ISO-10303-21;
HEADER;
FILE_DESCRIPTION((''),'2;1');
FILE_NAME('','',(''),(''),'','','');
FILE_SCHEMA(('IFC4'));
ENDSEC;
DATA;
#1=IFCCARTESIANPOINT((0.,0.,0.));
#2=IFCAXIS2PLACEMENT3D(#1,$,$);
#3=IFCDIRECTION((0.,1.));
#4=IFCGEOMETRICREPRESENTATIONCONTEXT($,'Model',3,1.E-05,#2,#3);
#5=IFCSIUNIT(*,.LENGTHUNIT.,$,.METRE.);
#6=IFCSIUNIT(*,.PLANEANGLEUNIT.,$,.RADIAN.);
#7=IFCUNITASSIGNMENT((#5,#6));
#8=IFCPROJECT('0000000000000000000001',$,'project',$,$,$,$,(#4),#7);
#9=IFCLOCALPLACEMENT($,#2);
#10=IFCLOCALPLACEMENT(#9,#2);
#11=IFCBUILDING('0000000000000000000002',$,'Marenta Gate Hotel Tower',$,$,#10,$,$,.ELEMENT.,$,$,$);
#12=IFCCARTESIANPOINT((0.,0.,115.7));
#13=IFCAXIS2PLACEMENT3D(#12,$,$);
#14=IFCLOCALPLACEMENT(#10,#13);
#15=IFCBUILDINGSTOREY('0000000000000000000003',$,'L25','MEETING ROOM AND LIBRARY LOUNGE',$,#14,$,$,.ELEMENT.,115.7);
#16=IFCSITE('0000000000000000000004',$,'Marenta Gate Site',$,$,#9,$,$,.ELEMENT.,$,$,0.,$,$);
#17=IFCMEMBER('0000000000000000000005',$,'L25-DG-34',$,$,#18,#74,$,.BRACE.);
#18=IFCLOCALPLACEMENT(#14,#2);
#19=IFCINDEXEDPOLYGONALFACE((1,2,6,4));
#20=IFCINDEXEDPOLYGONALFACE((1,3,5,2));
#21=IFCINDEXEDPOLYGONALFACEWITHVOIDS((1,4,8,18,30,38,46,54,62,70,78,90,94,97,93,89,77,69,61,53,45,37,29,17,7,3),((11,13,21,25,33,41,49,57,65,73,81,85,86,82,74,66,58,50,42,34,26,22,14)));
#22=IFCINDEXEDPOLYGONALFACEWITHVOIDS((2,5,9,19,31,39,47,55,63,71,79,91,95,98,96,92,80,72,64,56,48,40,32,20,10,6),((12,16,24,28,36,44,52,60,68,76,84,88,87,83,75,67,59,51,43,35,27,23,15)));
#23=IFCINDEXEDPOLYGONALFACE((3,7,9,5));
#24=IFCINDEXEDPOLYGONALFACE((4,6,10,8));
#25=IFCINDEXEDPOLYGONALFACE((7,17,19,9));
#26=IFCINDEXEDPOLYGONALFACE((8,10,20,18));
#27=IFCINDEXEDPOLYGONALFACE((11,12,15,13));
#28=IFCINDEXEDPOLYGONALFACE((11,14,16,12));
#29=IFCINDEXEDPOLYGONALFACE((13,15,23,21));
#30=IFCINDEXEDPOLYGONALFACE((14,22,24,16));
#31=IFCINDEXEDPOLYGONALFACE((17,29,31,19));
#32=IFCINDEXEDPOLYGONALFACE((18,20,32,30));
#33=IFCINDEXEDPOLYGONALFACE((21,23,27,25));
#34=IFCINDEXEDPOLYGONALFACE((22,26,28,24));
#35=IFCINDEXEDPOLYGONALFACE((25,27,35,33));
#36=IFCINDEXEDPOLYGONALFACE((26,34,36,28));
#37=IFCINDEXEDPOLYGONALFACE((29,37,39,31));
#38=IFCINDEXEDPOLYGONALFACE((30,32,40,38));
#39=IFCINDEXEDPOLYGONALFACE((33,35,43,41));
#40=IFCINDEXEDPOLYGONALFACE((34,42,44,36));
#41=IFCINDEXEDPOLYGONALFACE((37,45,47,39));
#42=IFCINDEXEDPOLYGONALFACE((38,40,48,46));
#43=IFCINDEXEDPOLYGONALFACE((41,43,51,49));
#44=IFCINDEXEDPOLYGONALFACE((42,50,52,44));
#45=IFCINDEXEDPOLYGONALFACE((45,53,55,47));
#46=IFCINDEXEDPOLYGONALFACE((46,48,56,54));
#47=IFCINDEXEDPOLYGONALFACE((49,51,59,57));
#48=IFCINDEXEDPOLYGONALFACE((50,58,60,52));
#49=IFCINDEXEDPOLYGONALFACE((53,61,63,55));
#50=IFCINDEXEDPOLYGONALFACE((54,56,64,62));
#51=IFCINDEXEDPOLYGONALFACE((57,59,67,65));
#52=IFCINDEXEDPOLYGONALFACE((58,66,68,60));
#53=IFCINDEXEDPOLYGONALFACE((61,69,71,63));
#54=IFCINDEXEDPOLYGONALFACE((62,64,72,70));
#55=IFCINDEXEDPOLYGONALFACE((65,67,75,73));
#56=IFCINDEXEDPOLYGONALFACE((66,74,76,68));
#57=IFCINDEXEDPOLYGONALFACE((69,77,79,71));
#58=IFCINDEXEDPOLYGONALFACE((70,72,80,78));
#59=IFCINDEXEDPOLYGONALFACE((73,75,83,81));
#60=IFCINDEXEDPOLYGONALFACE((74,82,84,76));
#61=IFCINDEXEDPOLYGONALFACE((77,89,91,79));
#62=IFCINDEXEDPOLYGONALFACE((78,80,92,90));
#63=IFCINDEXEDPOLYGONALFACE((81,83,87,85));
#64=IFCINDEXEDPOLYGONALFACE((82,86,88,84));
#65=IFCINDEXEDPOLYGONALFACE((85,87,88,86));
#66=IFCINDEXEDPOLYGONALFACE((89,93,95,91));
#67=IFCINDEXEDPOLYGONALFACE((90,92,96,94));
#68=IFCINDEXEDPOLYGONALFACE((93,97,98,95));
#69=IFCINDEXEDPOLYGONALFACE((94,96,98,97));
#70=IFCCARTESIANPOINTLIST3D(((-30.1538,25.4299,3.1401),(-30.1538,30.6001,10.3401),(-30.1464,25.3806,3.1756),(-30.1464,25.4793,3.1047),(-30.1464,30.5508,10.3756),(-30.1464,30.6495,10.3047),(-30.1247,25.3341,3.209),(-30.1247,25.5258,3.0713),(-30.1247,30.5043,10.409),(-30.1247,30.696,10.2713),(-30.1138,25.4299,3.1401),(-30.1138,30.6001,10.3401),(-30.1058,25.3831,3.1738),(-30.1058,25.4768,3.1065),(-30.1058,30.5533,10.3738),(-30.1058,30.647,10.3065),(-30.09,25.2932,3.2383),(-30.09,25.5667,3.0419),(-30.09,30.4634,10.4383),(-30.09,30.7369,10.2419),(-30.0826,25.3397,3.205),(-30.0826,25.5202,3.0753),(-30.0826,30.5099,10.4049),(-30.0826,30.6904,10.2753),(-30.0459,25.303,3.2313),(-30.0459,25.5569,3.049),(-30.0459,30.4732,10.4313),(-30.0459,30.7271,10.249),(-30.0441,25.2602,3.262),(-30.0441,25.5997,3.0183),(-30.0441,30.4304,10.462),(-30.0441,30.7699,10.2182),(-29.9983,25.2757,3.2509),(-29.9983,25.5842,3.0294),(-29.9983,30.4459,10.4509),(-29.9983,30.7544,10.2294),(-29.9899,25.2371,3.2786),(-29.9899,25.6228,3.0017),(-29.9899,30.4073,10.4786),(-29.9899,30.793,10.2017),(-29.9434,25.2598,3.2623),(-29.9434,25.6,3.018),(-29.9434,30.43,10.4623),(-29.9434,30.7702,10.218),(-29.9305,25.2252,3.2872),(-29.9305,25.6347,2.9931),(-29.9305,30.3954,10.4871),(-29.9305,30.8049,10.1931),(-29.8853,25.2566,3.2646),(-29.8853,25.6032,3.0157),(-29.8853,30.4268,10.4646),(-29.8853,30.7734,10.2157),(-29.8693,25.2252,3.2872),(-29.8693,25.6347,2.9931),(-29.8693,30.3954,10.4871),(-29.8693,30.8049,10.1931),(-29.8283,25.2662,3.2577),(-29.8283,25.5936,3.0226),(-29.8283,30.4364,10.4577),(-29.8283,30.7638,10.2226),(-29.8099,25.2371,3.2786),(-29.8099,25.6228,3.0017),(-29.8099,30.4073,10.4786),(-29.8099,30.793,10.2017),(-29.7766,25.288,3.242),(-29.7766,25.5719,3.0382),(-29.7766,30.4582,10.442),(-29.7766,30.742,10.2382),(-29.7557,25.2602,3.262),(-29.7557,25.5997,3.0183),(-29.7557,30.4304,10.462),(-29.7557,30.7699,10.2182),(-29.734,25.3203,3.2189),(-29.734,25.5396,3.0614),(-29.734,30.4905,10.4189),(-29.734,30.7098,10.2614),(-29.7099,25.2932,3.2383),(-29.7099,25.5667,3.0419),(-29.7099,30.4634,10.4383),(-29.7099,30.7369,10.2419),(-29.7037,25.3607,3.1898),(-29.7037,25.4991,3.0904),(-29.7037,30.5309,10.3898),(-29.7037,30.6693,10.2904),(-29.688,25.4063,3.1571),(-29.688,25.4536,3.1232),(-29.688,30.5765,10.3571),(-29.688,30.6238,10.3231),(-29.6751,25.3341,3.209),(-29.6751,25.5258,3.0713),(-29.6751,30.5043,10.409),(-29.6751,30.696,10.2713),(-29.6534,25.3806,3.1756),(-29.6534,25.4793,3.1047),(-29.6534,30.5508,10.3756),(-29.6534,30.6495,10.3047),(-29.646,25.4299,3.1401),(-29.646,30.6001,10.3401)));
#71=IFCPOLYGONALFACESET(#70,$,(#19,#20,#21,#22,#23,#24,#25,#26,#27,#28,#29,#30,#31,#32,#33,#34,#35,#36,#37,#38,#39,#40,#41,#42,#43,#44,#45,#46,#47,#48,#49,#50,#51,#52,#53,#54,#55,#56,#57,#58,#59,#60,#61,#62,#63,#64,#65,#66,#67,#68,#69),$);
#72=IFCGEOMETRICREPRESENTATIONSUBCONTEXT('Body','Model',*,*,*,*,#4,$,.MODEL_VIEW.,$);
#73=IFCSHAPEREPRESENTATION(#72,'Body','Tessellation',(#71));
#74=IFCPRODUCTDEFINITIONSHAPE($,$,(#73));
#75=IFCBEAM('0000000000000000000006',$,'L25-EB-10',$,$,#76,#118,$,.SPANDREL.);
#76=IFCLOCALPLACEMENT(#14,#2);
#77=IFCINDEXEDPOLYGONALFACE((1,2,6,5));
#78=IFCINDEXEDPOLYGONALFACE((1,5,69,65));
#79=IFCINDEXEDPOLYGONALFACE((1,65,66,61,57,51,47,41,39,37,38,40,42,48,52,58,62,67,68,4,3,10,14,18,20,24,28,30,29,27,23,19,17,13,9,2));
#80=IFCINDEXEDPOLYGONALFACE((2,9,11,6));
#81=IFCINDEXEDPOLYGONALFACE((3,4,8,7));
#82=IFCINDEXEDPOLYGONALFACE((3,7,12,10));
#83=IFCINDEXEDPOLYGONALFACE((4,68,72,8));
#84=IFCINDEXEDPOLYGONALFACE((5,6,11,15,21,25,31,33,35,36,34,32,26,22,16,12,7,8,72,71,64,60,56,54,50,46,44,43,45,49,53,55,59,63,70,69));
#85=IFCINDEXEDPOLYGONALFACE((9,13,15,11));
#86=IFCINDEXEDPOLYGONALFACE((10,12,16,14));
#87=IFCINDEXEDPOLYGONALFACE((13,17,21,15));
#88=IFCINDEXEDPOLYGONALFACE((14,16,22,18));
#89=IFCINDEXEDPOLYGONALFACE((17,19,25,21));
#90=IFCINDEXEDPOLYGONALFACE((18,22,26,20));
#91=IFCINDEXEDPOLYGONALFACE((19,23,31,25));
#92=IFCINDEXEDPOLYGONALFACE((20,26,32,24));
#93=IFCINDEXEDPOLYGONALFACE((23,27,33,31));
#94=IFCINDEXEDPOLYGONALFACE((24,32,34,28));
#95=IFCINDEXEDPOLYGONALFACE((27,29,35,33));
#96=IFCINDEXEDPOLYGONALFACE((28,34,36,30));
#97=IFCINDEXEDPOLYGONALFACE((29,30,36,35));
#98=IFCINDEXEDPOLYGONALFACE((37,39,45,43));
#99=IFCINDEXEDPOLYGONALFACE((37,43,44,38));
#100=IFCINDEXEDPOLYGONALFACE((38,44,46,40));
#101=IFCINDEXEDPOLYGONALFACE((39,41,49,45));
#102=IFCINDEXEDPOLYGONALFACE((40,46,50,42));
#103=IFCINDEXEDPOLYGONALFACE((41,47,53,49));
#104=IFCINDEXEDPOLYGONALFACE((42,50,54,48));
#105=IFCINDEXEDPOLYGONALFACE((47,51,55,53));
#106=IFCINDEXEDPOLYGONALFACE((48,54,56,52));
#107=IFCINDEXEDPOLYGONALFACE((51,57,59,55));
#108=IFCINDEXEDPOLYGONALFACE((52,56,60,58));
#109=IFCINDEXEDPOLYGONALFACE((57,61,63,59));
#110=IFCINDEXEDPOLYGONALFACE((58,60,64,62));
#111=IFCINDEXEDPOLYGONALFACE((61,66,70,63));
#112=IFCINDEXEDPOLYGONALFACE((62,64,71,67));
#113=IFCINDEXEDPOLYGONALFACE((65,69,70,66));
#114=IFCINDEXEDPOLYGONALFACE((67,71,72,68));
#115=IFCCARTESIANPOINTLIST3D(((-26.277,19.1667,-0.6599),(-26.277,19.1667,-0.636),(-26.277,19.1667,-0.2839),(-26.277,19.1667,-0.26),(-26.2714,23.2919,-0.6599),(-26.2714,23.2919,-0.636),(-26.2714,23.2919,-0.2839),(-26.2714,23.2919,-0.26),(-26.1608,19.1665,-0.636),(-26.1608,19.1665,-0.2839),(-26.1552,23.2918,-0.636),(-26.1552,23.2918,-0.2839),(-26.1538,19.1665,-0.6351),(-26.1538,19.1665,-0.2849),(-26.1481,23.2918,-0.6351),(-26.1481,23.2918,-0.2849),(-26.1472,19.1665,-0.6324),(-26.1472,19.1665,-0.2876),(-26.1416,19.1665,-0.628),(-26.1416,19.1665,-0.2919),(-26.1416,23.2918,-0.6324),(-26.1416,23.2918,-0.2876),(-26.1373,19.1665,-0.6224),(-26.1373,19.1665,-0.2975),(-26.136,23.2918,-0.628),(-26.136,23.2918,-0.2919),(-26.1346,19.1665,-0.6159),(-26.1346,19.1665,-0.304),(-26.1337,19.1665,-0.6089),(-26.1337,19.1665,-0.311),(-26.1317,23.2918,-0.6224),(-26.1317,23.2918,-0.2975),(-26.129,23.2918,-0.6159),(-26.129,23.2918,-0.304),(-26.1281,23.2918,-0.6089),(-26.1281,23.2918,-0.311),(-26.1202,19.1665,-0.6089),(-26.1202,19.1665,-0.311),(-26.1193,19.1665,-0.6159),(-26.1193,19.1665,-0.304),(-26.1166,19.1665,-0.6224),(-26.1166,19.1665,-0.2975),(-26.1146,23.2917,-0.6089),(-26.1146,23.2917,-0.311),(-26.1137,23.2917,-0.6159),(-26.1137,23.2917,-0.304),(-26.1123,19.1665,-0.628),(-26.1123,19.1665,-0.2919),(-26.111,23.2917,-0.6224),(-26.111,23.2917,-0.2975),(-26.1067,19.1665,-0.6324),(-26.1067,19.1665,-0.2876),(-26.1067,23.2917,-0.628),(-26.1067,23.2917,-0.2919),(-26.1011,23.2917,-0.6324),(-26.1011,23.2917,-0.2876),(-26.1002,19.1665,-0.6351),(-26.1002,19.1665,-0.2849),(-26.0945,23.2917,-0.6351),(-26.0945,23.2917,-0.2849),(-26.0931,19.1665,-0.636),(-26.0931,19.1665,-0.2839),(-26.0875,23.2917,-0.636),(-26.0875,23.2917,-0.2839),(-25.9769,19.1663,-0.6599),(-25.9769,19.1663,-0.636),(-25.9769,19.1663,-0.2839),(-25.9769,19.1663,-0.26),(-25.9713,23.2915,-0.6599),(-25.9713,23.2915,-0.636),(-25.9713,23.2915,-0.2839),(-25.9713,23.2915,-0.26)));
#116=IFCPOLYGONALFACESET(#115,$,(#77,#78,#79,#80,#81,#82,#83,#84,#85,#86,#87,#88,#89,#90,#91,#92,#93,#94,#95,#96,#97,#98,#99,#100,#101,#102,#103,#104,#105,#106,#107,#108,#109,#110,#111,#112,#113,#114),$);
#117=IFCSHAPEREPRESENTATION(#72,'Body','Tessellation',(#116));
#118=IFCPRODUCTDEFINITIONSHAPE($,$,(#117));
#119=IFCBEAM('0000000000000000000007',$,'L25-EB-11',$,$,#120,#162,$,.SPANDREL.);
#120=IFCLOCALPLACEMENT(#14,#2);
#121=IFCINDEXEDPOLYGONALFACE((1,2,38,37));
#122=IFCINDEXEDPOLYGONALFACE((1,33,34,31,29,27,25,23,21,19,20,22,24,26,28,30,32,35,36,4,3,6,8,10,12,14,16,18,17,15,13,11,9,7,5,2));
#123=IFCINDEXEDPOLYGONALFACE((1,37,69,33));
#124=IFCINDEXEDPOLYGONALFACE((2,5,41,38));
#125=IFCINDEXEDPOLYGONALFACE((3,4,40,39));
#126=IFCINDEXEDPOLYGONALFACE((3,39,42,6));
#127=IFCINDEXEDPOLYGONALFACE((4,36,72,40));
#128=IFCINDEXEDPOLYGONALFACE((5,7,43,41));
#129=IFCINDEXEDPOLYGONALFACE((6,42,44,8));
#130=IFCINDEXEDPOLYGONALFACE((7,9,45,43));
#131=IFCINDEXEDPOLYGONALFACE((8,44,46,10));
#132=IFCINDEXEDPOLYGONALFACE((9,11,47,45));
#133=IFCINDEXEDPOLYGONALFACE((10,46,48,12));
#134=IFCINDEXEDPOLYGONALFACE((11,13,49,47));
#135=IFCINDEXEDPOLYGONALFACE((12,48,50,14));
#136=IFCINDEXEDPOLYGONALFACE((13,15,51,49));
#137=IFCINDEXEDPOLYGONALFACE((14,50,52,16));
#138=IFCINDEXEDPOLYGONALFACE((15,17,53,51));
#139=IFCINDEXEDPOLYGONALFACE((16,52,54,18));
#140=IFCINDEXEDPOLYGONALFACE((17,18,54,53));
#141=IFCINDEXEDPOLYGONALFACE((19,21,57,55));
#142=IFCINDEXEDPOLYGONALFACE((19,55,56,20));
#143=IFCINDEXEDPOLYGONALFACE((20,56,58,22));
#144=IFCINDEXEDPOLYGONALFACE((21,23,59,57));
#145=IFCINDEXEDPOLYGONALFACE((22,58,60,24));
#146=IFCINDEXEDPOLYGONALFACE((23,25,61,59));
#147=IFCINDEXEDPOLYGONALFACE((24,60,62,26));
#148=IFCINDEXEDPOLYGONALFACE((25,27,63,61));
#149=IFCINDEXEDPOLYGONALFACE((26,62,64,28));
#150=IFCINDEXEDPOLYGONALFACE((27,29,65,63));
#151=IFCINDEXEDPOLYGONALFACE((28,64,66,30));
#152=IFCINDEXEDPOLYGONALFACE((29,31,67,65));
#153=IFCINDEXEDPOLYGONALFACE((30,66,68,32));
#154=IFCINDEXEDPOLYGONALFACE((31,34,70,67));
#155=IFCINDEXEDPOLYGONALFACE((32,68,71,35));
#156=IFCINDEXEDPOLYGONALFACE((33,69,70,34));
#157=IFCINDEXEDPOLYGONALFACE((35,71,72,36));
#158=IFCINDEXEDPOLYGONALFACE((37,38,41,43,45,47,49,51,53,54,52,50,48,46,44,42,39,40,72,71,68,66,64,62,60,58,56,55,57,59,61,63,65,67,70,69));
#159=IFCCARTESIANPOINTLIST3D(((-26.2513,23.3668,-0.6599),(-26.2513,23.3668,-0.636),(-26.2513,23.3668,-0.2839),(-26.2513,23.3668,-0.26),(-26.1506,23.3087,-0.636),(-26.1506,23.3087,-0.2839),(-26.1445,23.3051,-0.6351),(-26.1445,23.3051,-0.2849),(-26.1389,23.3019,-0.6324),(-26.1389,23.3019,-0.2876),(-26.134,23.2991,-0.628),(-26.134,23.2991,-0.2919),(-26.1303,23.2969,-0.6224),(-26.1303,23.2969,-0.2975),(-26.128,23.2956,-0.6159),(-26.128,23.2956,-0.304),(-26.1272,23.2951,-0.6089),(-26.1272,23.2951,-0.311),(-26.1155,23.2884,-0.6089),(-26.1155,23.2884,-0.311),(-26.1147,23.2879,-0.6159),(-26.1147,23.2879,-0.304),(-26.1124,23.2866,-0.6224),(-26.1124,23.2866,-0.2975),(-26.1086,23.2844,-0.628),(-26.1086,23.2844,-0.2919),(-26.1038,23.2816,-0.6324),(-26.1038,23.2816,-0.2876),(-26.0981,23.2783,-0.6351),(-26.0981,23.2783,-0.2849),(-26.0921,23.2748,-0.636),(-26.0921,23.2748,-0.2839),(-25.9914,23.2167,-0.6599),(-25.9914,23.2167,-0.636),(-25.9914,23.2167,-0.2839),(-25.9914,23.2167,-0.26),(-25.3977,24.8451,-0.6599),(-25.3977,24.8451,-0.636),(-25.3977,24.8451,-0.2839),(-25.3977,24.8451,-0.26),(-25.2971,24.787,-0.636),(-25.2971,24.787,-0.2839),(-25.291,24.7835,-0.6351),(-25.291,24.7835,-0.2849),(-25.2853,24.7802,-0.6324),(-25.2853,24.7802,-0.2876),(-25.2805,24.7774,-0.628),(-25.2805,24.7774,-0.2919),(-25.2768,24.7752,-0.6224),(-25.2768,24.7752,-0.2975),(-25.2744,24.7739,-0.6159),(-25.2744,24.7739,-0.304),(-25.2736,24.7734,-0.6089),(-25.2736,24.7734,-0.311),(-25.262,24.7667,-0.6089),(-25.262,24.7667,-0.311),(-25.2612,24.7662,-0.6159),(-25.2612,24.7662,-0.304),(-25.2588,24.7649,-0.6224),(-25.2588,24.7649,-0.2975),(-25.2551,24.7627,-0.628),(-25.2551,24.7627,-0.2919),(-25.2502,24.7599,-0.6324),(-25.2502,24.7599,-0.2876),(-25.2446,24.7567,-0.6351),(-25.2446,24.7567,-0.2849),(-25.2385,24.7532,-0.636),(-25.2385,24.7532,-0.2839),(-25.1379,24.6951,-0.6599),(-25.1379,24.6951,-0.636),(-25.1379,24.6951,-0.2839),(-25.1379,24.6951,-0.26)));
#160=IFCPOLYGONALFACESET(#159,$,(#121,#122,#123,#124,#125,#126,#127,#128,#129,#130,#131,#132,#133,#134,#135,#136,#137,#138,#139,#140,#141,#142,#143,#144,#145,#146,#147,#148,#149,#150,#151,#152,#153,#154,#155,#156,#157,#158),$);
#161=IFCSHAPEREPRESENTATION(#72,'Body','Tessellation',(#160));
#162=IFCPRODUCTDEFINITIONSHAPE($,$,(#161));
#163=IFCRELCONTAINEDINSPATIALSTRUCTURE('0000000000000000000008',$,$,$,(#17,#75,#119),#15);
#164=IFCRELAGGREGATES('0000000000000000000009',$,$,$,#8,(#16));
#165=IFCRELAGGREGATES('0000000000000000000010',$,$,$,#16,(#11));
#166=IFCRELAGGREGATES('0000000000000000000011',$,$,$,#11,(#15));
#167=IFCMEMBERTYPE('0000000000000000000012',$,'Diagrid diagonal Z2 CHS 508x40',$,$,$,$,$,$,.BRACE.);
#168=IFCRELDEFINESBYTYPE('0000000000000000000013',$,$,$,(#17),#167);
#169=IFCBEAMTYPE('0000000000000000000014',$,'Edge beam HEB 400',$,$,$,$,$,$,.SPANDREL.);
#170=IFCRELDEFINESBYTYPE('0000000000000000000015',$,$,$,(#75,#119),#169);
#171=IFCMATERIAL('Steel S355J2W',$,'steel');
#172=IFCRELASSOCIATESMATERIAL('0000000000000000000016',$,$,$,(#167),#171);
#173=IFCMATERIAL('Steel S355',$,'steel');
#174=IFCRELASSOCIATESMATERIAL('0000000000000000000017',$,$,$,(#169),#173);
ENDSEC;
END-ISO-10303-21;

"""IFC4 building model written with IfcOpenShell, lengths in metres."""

from ifc_helpers import new_model, si_unit, direction, frame, origin, origin_2d, place, context, subcontext, project, spatial, hollow_circle, i_section, extrude, material, material_profile, profile_set, type_object, element, save


model = new_model("IFC4")

# Units and contexts
model_context = context("Model", 3, precision=1e-05, world=origin(), true_north=direction((0.0, 1.0)))
body_context = subcontext(model_context, "Body", "Model", "MODEL_VIEW")
ifc_project = project(units=[si_unit("LENGTHUNIT", "METRE"), si_unit("PLANEANGLEUNIT", "RADIAN")], contexts=[model_context])

# Site, building, storey
site_placement = place(None, origin())
site = spatial("IfcSite", under=ifc_project, at=site_placement, Name="Marenta Gate Site", CompositionType="ELEMENT", RefElevation=0.0)
building_placement = place(site_placement, origin())
building = spatial("IfcBuilding", under=site, at=building_placement, Name="Marenta Gate Hotel Tower", CompositionType="ELEMENT")
storey_placement = place(building_placement, frame((0.0, 0.0, 115.7)))
storey = spatial("IfcBuildingStorey", under=building, at=storey_placement, Name="L25", Description="MEETING ROOM AND LIBRARY LOUNGE", CompositionType="ELEMENT", Elevation=115.7)

# Member
ifc_material_1 = material(Name="Steel S355J2W", Category="steel")
ifc_material_profile_1 = material_profile(ifc_material_1, hollow_circle(Radius=0.2539, WallThickness=0.04, at=origin_2d()), Name="CHS 508x40")
ifc_profile_set_1 = profile_set([ifc_material_profile_1], Name="Steel S355J2W")
member_type_1 = type_object("IfcMemberType", Name="Diagrid diagonal Z2 CHS 508x40", PredefinedType="BRACE", material=ifc_profile_set_1)
member_1_placement = place(storey_placement, frame((-29.8999, 25.4299, 3.1401), z_axis=(0.0, 0.583279, 0.812272), x_axis=(-1.0, 0.0, 0.0)))
element("IfcMember", 1, at=member_1_placement, inside=storey, type_object=member_type_1, Name="L25-DG-34", PredefinedType="BRACE", context=body_context, shape_type="SweptSolid", body=[
    extrude(hollow_circle(Radius=0.2539, WallThickness=0.04, at=origin_2d()), origin(), (0.0, 0.0, 1.0), 8.864),
])

# Beams
ifc_material_2 = material(Name="Steel S355", Category="steel")
ifc_material_profile_2 = material_profile(ifc_material_2, i_section(OverallWidth=0.3, OverallDepth=0.3999, WebThickness=0.0134, FlangeThickness=0.0239, FilletRadius=0.0271, at=origin_2d()), Name="HEB 400")
ifc_profile_set_2 = profile_set([ifc_material_profile_2], Name="Steel S355")
beam_type_1 = type_object("IfcBeamType", Name="Edge beam HEB 400", PredefinedType="SPANDREL", material=ifc_profile_set_2)
beam_1_placement = place(storey_placement, frame((-26.127, 19.1665, -0.46), z_axis=(0.001361, 0.999999, 0.0), x_axis=(-0.999999, 0.001361, 0.0)))
element("IfcBeam", 2, at=beam_1_placement, inside=storey, type_object=beam_type_1, Name="L25-EB-10", PredefinedType="SPANDREL", context=body_context, shape_type="SweptSolid", body=[
    extrude(i_section(OverallWidth=0.3, OverallDepth=0.3999, WebThickness=0.0134, FlangeThickness=0.0239, FilletRadius=0.0271, at=origin_2d()), origin(), (0.0, 0.0, 1.0), 4.1252),
])
beam_2_placement = place(storey_placement, frame((-26.1213, 23.2917, -0.46), z_axis=(0.500015, 0.866016, 0.0), x_axis=(-0.866016, 0.500015, 0.0)))
element("IfcBeam", 3, at=beam_2_placement, inside=storey, type_object=beam_type_1, Name="L25-EB-11", PredefinedType="SPANDREL", context=body_context, shape_type="SweptSolid", body=[
    extrude(i_section(OverallWidth=0.3, OverallDepth=0.3999, WebThickness=0.0134, FlangeThickness=0.0239, FilletRadius=0.0271, at=origin_2d()), origin(), (0.0, 0.0, 1.0), 1.707),
])

save(model, "model.ifc")
